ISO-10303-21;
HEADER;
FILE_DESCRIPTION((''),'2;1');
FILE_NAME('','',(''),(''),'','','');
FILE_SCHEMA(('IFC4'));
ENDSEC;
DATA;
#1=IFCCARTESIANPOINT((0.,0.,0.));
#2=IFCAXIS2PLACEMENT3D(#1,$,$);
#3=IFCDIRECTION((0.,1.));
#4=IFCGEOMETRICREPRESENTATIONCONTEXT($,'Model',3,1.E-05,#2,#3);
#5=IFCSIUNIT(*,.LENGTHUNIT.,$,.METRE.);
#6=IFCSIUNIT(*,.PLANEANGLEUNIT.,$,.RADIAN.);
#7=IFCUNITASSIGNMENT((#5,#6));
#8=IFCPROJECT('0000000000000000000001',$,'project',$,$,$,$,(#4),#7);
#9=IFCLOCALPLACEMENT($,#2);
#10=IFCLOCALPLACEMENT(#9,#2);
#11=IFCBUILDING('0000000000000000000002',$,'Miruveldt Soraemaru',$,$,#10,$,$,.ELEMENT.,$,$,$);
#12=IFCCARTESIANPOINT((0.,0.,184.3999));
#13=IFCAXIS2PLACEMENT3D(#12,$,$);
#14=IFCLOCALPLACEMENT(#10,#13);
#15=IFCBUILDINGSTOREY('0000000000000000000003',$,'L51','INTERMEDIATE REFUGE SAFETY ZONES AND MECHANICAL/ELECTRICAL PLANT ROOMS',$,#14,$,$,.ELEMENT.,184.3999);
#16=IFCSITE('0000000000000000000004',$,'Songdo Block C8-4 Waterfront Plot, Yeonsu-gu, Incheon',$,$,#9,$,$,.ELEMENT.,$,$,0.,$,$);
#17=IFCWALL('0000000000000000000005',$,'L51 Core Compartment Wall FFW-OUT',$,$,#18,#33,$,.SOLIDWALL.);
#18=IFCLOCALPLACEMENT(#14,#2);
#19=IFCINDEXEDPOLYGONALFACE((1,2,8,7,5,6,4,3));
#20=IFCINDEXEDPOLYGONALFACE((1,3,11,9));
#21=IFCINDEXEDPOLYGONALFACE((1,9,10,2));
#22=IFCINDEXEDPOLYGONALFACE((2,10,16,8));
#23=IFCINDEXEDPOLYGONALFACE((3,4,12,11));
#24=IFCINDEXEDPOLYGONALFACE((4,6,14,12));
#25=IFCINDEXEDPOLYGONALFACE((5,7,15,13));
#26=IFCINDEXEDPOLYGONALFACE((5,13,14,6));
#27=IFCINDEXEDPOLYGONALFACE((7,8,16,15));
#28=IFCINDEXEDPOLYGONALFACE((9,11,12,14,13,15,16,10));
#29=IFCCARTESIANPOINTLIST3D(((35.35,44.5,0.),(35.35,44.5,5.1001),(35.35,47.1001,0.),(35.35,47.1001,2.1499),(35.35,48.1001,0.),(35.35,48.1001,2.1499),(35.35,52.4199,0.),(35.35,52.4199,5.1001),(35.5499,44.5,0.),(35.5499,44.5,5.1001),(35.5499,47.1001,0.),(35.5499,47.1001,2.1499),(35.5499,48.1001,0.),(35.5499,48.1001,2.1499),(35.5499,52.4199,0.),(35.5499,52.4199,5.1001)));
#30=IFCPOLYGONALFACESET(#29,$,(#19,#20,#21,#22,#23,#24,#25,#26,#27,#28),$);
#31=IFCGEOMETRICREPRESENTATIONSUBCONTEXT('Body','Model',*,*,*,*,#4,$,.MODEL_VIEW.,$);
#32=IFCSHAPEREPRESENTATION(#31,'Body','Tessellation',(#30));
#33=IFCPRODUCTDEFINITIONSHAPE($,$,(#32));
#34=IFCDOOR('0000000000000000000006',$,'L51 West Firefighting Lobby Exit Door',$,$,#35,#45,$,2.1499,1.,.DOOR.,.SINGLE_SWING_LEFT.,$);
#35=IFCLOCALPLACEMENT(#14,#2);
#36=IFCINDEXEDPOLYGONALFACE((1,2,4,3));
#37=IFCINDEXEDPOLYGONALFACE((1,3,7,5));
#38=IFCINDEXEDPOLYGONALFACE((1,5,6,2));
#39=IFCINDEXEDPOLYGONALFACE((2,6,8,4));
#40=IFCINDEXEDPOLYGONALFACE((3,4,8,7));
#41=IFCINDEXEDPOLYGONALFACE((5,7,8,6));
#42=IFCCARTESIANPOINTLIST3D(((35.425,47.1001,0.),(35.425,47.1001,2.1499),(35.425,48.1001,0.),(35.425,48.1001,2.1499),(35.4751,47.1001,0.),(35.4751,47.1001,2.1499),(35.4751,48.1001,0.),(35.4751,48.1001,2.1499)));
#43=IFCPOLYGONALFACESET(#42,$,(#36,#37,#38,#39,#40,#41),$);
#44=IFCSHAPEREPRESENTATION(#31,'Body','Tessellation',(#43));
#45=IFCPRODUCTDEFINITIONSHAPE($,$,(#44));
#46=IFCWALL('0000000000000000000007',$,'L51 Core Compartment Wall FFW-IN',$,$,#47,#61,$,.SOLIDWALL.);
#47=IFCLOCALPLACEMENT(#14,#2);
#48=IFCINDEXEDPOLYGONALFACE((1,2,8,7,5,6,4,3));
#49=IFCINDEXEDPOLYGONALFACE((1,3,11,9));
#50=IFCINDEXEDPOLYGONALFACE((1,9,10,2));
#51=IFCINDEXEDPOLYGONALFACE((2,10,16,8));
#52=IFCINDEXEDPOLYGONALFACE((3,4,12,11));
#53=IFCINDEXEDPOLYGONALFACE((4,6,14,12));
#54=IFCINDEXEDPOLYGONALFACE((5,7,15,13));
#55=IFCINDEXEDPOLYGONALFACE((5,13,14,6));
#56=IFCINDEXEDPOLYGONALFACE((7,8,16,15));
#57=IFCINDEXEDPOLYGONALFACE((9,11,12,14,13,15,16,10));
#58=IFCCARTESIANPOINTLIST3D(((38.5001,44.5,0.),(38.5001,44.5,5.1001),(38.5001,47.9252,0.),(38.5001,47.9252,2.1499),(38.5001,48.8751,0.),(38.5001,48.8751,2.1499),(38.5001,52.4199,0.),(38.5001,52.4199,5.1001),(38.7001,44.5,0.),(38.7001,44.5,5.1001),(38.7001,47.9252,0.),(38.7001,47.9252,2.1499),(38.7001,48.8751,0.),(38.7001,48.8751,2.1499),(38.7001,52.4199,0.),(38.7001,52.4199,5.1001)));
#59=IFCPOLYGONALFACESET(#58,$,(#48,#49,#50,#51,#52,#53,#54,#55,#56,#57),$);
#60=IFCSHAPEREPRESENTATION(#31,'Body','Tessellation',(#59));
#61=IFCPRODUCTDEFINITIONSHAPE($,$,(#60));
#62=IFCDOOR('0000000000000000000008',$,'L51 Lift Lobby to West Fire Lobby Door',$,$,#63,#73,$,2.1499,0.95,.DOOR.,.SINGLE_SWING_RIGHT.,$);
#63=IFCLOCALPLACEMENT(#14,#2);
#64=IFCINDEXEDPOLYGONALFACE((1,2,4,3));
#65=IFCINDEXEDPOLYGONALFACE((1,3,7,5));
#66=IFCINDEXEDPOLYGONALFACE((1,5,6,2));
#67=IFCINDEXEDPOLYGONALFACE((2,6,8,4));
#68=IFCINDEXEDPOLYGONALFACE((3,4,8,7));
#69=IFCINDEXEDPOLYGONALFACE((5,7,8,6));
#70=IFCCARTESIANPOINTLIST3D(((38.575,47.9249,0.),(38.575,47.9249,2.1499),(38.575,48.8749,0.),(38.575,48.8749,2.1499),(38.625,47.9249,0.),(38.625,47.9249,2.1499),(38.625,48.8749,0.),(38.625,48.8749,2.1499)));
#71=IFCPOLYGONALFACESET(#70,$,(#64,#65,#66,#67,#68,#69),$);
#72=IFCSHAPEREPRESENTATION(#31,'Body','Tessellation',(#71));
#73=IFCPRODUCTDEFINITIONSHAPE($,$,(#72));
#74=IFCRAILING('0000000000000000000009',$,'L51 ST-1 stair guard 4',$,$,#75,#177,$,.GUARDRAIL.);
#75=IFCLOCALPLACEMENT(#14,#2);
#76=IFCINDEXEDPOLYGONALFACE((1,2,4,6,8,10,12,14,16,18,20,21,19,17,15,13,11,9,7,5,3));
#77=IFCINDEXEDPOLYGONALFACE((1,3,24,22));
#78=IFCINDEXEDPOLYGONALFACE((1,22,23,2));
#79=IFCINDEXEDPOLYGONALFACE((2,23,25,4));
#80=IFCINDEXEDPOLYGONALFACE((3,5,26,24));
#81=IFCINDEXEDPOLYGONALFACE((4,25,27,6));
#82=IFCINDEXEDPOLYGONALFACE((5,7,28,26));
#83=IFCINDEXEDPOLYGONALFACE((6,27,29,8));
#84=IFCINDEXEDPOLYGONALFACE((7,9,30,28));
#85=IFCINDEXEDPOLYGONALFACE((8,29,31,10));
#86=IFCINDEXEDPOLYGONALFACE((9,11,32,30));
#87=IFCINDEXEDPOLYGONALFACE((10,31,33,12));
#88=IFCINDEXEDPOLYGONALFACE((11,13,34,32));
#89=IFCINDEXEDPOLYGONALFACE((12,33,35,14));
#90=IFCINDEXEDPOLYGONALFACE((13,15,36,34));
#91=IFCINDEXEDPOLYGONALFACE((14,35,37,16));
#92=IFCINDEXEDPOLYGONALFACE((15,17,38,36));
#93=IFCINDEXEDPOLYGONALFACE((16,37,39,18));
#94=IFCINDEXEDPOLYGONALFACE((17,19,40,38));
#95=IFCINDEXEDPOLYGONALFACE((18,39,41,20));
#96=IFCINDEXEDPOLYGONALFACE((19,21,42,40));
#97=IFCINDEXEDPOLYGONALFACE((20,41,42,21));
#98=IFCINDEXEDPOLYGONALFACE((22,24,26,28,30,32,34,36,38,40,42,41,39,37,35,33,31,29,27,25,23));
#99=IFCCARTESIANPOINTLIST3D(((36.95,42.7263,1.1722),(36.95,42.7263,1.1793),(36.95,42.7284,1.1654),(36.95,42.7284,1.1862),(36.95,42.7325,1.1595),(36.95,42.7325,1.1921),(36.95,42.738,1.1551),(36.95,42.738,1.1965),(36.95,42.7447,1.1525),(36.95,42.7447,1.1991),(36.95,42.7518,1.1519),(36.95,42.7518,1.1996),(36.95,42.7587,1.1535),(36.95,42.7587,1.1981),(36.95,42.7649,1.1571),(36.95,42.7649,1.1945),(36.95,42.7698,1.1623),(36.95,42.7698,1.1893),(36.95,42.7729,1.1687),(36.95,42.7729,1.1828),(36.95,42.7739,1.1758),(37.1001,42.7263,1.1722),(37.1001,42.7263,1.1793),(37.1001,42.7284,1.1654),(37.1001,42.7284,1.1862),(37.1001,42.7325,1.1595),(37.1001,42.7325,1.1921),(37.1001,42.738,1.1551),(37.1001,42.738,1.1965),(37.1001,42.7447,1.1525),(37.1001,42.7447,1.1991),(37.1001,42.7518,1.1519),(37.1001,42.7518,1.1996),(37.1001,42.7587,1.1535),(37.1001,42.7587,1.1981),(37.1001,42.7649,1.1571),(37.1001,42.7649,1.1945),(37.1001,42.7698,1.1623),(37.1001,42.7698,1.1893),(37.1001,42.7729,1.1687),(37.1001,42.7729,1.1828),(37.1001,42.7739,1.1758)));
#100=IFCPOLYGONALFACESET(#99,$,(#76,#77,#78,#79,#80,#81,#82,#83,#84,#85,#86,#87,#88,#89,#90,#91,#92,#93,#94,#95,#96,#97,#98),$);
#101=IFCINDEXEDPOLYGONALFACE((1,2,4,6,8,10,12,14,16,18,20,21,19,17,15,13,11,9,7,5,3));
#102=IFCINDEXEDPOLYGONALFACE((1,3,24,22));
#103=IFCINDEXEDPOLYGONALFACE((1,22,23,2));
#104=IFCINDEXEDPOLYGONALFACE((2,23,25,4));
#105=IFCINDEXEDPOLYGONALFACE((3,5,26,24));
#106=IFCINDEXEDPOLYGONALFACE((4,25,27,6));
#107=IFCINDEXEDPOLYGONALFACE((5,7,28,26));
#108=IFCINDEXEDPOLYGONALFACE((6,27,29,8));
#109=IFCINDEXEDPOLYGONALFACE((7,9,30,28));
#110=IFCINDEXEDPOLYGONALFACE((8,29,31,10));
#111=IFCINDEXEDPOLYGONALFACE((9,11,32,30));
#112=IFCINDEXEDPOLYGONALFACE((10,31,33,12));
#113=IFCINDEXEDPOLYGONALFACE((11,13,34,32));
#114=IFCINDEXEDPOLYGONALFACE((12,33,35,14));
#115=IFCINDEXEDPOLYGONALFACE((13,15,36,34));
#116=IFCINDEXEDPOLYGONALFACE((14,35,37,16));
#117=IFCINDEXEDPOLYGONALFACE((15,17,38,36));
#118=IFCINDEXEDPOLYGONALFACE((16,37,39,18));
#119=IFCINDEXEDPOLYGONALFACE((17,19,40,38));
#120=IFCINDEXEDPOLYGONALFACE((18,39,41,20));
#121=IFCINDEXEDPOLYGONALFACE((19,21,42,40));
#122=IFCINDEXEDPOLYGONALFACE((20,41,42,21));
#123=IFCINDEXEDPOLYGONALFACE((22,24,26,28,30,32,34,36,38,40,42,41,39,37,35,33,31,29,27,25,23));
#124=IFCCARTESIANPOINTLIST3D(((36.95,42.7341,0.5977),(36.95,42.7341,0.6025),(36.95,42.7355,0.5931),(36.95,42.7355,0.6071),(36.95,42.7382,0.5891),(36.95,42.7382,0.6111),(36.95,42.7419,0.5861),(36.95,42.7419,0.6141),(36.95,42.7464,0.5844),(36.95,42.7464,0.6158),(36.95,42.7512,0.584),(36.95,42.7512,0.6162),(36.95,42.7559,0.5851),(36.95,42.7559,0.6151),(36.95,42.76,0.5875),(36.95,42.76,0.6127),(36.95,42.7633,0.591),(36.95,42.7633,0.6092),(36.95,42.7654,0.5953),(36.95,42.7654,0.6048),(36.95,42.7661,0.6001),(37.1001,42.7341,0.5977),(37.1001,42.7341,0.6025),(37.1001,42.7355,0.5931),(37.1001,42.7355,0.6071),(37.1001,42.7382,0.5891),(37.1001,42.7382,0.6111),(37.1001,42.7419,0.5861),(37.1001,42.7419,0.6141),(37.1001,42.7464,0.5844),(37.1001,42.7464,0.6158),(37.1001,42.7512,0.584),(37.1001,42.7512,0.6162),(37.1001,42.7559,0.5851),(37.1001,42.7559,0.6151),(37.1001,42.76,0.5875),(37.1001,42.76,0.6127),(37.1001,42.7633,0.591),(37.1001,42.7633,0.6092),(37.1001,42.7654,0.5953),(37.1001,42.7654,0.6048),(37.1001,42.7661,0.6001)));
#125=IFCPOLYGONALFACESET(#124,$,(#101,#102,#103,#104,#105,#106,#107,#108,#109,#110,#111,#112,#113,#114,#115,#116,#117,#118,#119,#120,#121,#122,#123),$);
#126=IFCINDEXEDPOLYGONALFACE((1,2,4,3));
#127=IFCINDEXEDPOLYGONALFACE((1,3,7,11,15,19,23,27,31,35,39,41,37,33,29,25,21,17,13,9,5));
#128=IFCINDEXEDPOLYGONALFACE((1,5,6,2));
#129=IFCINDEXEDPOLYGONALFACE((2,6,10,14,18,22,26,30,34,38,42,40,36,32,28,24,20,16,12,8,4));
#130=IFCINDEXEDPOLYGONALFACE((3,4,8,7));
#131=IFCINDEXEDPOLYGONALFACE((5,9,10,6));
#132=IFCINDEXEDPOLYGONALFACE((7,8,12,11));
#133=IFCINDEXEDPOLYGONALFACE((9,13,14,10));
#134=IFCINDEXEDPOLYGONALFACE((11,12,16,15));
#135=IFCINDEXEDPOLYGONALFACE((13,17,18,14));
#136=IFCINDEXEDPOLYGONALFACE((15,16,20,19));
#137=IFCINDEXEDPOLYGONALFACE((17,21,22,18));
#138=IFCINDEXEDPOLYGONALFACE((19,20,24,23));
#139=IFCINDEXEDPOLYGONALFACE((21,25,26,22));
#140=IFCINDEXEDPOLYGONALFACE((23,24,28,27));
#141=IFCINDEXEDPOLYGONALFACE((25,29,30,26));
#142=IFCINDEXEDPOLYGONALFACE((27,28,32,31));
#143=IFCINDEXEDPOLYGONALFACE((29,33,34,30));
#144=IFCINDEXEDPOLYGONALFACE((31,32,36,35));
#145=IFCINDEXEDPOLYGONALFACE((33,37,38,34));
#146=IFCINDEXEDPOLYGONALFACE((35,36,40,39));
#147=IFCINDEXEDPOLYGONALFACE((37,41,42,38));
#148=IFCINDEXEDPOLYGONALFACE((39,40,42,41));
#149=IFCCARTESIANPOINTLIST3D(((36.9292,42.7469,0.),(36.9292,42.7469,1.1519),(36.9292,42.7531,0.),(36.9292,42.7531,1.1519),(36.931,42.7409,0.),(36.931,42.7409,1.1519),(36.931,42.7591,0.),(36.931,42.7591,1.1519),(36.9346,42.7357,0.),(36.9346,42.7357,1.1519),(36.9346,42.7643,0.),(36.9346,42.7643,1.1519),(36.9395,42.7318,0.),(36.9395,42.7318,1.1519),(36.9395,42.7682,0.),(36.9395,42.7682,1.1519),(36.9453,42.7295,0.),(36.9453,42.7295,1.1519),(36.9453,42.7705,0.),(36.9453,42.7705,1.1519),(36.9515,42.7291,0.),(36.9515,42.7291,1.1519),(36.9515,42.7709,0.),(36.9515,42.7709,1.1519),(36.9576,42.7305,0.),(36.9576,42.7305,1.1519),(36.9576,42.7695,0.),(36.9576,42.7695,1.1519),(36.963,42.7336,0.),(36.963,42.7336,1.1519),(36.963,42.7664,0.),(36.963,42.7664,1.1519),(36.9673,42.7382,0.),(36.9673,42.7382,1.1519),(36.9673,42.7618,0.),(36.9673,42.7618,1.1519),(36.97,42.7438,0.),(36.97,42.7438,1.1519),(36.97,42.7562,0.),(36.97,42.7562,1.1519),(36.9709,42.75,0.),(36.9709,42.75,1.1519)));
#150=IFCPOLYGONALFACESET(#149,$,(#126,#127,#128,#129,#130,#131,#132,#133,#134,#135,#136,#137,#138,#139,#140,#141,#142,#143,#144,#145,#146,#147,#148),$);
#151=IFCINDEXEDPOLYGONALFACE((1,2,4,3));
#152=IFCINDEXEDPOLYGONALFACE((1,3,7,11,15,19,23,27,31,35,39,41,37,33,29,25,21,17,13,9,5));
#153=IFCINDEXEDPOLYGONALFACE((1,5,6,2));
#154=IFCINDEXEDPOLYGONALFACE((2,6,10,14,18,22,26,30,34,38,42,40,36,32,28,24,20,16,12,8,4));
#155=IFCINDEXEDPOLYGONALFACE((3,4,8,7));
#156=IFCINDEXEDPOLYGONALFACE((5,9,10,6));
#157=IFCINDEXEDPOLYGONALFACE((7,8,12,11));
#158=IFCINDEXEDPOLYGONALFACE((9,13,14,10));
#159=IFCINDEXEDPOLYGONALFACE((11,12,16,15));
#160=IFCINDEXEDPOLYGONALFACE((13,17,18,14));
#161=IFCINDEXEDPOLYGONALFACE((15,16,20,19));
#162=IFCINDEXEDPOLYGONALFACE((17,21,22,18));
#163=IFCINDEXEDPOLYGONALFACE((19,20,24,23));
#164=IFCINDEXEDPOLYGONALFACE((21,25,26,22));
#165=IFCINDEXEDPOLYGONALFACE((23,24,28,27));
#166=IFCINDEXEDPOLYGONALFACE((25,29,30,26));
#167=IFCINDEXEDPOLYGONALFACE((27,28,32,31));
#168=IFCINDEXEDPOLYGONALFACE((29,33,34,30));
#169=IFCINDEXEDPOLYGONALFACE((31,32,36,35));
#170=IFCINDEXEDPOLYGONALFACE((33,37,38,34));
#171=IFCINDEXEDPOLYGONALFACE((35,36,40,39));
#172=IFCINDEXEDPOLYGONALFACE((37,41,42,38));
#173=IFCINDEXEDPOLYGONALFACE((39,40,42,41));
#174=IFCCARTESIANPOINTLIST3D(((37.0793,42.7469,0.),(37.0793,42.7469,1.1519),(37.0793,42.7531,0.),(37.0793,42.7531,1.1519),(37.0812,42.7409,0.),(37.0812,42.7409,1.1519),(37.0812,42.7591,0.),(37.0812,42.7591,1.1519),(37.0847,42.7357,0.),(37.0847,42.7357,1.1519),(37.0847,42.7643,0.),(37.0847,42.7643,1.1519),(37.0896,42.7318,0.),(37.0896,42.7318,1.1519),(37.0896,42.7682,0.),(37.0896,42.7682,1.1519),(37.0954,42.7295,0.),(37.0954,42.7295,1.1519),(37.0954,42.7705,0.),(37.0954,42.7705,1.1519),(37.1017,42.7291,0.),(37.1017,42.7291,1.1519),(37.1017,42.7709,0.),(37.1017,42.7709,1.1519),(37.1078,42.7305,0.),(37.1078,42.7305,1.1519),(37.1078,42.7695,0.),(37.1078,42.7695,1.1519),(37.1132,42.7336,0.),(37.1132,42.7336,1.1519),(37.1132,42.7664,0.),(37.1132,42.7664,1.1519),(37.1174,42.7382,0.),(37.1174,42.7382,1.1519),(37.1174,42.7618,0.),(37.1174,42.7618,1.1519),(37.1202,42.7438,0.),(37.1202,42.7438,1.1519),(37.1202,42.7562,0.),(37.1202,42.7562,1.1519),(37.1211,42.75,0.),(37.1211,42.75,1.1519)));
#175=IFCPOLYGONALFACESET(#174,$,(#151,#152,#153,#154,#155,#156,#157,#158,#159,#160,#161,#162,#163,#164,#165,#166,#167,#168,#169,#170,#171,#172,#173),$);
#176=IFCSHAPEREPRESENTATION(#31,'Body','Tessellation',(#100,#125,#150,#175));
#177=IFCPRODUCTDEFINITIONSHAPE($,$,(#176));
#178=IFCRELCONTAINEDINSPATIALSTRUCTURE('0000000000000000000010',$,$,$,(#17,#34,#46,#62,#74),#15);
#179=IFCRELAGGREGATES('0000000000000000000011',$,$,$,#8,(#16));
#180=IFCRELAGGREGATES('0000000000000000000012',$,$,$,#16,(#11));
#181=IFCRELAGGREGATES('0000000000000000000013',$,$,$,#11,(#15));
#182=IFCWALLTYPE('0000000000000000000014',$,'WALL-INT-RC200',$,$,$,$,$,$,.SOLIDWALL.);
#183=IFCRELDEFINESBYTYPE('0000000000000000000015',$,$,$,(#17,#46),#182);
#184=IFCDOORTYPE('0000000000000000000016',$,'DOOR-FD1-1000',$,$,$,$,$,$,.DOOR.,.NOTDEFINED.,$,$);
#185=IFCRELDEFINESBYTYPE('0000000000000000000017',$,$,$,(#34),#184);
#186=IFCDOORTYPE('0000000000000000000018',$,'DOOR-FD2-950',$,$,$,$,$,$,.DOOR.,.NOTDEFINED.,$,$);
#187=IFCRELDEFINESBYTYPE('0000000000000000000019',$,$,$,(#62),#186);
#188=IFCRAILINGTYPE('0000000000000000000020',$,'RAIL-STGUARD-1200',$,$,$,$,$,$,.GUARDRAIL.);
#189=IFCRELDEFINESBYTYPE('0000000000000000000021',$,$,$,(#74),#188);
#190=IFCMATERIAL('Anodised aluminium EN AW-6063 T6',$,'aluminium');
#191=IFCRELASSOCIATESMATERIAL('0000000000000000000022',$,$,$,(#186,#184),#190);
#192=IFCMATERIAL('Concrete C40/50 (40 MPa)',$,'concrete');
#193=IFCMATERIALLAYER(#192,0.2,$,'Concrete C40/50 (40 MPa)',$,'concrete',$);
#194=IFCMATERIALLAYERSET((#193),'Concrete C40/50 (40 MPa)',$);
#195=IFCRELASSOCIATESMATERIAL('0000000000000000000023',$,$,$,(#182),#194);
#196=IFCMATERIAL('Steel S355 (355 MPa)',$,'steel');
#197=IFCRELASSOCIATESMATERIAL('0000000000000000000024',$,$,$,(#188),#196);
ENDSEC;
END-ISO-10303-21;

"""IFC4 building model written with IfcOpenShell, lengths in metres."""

from ifc_helpers import new_model, si_unit, direction, frame, frame_2d, origin, origin_2d, place, context, subcontext, project, spatial, rectangle, circle, extrude, material, layer, layer_set, type_object, element, fill, save


model = new_model("IFC4")

# Units and contexts
model_context = context("Model", 3, precision=1e-05, world=origin(), true_north=direction((0.0, 1.0)))
body_context = subcontext(model_context, "Body", "Model", "MODEL_VIEW")
ifc_project = project(units=[si_unit("LENGTHUNIT", "METRE"), si_unit("PLANEANGLEUNIT", "RADIAN")], contexts=[model_context])

# Site, building, storey
site_placement = place(None, origin())
site = spatial("IfcSite", under=ifc_project, at=site_placement, Name="Songdo Block C8-4 Waterfront Plot, Yeonsu-gu, Incheon", CompositionType="ELEMENT", RefElevation=0.0)
building_placement = place(site_placement, origin())
building = spatial("IfcBuilding", under=site, at=building_placement, Name="Miruveldt Soraemaru", CompositionType="ELEMENT")
storey_placement = place(building_placement, frame((0.0, 0.0, 184.3999)))
storey = spatial("IfcBuildingStorey", under=building, at=storey_placement, Name="L51", Description="INTERMEDIATE REFUGE SAFETY ZONES AND MECHANICAL/ELECTRICAL PLANT ROOMS", CompositionType="ELEMENT", Elevation=184.3999)

# Shared definitions
ifc_material_1 = material(Name="Concrete C40/50 (40 MPa)", Category="concrete")
ifc_material_2 = material(Name="Anodised aluminium EN AW-6063 T6", Category="aluminium")
door_type_1 = type_object("IfcDoorType", Name="DOOR-FD2-950", OperationType="NOTDEFINED", PredefinedType="DOOR", material=ifc_material_2)

# Walls, openings, doors
ifc_layer_1 = layer(ifc_material_1, 0.2, Name="Concrete C40/50 (40 MPa)", Category="concrete")
ifc_layer_set_1 = layer_set([ifc_layer_1], Name="Concrete C40/50 (40 MPa)")
wall_type_1 = type_object("IfcWallType", Name="WALL-INT-RC200", PredefinedType="SOLIDWALL", material=ifc_layer_set_1)
wall_1_placement = place(storey_placement, frame((35.45, 44.5, 0.0), z_axis=(0.0, 0.0, 1.0), x_axis=(0.0, 1.0, 0.0)))
wall_1 = element("IfcWall", 1, at=wall_1_placement, inside=storey, type_object=wall_type_1, Name="L51 Core Compartment Wall FFW-OUT", PredefinedType="SOLIDWALL", context=body_context, shape_type="SweptSolid", body=[
    extrude(rectangle(XDim=7.9199, YDim=0.2, at=frame_2d((3.96, 0.0))), origin(), (0.0, 0.0, 1.0), 5.1001),
])
opening_1_placement = place(wall_1_placement, frame((2.6001, 0.0, 0.0)))
opening_1 = element("IfcOpeningElement", 2, at=opening_1_placement, cuts=wall_1, PredefinedType="OPENING", context=body_context, shape_type="SweptSolid", body=[
    extrude(rectangle(XDim=1.0, YDim=2.1499, at=frame_2d((0.5, 1.075))), frame((0.0, 0.1099, 0.0), z_axis=(0.0, -1.0, 0.0), x_axis=(1.0, 0.0, 0.0)), (0.0, 0.0, 1.0), 0.22),
])
door_type_2 = type_object("IfcDoorType", Name="DOOR-FD1-1000", OperationType="NOTDEFINED", PredefinedType="DOOR", material=ifc_material_2)
door_1_placement = place(opening_1_placement, origin())
door_1 = element("IfcDoor", 3, at=door_1_placement, inside=storey, type_object=door_type_2, Name="L51 West Firefighting Lobby Exit Door", OperationType="SINGLE_SWING_LEFT", OverallHeight=2.1499, OverallWidth=1.0, PredefinedType="DOOR", context=body_context, shape_type="SweptSolid", body=[
    extrude(rectangle(XDim=1.0, YDim=2.1499, at=frame_2d((0.5, 1.075))), frame((0.0, 0.0249, 0.0), z_axis=(0.0, -1.0, 0.0), x_axis=(1.0, 0.0, 0.0)), (0.0, 0.0, 1.0), 0.05),
])
fill(opening_1, door_1)
wall_2_placement = place(storey_placement, frame((38.6001, 44.5, 0.0), z_axis=(0.0, 0.0, 1.0), x_axis=(0.0, 1.0, 0.0)))
wall_2 = element("IfcWall", 4, at=wall_2_placement, inside=storey, type_object=wall_type_1, Name="L51 Core Compartment Wall FFW-IN", PredefinedType="SOLIDWALL", context=body_context, shape_type="SweptSolid", body=[
    extrude(rectangle(XDim=7.9199, YDim=0.2, at=frame_2d((3.96, 0.0))), origin(), (0.0, 0.0, 1.0), 5.1001),
])
opening_2_placement = place(wall_2_placement, frame((3.425, 0.0, 0.0)))
opening_2 = element("IfcOpeningElement", 5, at=opening_2_placement, cuts=wall_2, PredefinedType="OPENING", context=body_context, shape_type="SweptSolid", body=[
    extrude(rectangle(XDim=0.95, YDim=2.1499, at=frame_2d((0.4751, 1.075))), frame((0.0, 0.1099, 0.0), z_axis=(0.0, -1.0, 0.0), x_axis=(1.0, 0.0, 0.0)), (0.0, 0.0, 1.0), 0.22),
])
door_2_placement = place(opening_2_placement, frame((0.95, 0.0, 0.0), z_axis=(0.0, 0.0, 1.0), x_axis=(-1.0, 0.0, 0.0)))
door_2 = element("IfcDoor", 6, at=door_2_placement, inside=storey, type_object=door_type_1, Name="L51 Lift Lobby to West Fire Lobby Door", OperationType="SINGLE_SWING_RIGHT", OverallHeight=2.1499, OverallWidth=0.95, PredefinedType="DOOR", context=body_context, shape_type="SweptSolid", body=[
    extrude(rectangle(XDim=0.95, YDim=2.1499, at=frame_2d((0.4751, 1.075))), frame((0.0, 0.0249, 0.0), z_axis=(0.0, -1.0, 0.0), x_axis=(1.0, 0.0, 0.0)), (0.0, 0.0, 1.0), 0.05),
])
fill(opening_2, door_2)

# Railing
ifc_material_3 = material(Name="Steel S355 (355 MPa)", Category="steel")
railing_type = type_object("IfcRailingType", Name="RAIL-STGUARD-1200", PredefinedType="GUARDRAIL", material=ifc_material_3)
railing_placement = place(storey_placement, frame((36.95, 42.75, 0.0)))
element("IfcRailing", 7, at=railing_placement, inside=storey, type_object=railing_type, Name="L51 ST-1 stair guard 4", PredefinedType="GUARDRAIL", context=body_context, shape_type="SweptSolid", body=[
    extrude(circle(Radius=0.0239, at=origin_2d()), frame((0.0, 0.0, 1.1758), z_axis=(1.0, 0.0, 0.0), x_axis=(0.0, 1.0, 0.0)), (0.0, 0.0, 1.0), 0.1501),
    extrude(circle(Radius=0.0161, at=origin_2d()), frame((0.0, 0.0, 0.6001), z_axis=(1.0, 0.0, 0.0), x_axis=(0.0, 1.0, 0.0)), (0.0, 0.0, 1.0), 0.1501),
    extrude(circle(Radius=0.021, at=origin_2d()), origin(), (0.0, 0.0, 1.0), 1.1519),
    extrude(circle(Radius=0.021, at=origin_2d()), frame((0.1501, 0.0, 0.0)), (0.0, 0.0, 1.0), 1.1519),
])

save(model, "model.ifc")
